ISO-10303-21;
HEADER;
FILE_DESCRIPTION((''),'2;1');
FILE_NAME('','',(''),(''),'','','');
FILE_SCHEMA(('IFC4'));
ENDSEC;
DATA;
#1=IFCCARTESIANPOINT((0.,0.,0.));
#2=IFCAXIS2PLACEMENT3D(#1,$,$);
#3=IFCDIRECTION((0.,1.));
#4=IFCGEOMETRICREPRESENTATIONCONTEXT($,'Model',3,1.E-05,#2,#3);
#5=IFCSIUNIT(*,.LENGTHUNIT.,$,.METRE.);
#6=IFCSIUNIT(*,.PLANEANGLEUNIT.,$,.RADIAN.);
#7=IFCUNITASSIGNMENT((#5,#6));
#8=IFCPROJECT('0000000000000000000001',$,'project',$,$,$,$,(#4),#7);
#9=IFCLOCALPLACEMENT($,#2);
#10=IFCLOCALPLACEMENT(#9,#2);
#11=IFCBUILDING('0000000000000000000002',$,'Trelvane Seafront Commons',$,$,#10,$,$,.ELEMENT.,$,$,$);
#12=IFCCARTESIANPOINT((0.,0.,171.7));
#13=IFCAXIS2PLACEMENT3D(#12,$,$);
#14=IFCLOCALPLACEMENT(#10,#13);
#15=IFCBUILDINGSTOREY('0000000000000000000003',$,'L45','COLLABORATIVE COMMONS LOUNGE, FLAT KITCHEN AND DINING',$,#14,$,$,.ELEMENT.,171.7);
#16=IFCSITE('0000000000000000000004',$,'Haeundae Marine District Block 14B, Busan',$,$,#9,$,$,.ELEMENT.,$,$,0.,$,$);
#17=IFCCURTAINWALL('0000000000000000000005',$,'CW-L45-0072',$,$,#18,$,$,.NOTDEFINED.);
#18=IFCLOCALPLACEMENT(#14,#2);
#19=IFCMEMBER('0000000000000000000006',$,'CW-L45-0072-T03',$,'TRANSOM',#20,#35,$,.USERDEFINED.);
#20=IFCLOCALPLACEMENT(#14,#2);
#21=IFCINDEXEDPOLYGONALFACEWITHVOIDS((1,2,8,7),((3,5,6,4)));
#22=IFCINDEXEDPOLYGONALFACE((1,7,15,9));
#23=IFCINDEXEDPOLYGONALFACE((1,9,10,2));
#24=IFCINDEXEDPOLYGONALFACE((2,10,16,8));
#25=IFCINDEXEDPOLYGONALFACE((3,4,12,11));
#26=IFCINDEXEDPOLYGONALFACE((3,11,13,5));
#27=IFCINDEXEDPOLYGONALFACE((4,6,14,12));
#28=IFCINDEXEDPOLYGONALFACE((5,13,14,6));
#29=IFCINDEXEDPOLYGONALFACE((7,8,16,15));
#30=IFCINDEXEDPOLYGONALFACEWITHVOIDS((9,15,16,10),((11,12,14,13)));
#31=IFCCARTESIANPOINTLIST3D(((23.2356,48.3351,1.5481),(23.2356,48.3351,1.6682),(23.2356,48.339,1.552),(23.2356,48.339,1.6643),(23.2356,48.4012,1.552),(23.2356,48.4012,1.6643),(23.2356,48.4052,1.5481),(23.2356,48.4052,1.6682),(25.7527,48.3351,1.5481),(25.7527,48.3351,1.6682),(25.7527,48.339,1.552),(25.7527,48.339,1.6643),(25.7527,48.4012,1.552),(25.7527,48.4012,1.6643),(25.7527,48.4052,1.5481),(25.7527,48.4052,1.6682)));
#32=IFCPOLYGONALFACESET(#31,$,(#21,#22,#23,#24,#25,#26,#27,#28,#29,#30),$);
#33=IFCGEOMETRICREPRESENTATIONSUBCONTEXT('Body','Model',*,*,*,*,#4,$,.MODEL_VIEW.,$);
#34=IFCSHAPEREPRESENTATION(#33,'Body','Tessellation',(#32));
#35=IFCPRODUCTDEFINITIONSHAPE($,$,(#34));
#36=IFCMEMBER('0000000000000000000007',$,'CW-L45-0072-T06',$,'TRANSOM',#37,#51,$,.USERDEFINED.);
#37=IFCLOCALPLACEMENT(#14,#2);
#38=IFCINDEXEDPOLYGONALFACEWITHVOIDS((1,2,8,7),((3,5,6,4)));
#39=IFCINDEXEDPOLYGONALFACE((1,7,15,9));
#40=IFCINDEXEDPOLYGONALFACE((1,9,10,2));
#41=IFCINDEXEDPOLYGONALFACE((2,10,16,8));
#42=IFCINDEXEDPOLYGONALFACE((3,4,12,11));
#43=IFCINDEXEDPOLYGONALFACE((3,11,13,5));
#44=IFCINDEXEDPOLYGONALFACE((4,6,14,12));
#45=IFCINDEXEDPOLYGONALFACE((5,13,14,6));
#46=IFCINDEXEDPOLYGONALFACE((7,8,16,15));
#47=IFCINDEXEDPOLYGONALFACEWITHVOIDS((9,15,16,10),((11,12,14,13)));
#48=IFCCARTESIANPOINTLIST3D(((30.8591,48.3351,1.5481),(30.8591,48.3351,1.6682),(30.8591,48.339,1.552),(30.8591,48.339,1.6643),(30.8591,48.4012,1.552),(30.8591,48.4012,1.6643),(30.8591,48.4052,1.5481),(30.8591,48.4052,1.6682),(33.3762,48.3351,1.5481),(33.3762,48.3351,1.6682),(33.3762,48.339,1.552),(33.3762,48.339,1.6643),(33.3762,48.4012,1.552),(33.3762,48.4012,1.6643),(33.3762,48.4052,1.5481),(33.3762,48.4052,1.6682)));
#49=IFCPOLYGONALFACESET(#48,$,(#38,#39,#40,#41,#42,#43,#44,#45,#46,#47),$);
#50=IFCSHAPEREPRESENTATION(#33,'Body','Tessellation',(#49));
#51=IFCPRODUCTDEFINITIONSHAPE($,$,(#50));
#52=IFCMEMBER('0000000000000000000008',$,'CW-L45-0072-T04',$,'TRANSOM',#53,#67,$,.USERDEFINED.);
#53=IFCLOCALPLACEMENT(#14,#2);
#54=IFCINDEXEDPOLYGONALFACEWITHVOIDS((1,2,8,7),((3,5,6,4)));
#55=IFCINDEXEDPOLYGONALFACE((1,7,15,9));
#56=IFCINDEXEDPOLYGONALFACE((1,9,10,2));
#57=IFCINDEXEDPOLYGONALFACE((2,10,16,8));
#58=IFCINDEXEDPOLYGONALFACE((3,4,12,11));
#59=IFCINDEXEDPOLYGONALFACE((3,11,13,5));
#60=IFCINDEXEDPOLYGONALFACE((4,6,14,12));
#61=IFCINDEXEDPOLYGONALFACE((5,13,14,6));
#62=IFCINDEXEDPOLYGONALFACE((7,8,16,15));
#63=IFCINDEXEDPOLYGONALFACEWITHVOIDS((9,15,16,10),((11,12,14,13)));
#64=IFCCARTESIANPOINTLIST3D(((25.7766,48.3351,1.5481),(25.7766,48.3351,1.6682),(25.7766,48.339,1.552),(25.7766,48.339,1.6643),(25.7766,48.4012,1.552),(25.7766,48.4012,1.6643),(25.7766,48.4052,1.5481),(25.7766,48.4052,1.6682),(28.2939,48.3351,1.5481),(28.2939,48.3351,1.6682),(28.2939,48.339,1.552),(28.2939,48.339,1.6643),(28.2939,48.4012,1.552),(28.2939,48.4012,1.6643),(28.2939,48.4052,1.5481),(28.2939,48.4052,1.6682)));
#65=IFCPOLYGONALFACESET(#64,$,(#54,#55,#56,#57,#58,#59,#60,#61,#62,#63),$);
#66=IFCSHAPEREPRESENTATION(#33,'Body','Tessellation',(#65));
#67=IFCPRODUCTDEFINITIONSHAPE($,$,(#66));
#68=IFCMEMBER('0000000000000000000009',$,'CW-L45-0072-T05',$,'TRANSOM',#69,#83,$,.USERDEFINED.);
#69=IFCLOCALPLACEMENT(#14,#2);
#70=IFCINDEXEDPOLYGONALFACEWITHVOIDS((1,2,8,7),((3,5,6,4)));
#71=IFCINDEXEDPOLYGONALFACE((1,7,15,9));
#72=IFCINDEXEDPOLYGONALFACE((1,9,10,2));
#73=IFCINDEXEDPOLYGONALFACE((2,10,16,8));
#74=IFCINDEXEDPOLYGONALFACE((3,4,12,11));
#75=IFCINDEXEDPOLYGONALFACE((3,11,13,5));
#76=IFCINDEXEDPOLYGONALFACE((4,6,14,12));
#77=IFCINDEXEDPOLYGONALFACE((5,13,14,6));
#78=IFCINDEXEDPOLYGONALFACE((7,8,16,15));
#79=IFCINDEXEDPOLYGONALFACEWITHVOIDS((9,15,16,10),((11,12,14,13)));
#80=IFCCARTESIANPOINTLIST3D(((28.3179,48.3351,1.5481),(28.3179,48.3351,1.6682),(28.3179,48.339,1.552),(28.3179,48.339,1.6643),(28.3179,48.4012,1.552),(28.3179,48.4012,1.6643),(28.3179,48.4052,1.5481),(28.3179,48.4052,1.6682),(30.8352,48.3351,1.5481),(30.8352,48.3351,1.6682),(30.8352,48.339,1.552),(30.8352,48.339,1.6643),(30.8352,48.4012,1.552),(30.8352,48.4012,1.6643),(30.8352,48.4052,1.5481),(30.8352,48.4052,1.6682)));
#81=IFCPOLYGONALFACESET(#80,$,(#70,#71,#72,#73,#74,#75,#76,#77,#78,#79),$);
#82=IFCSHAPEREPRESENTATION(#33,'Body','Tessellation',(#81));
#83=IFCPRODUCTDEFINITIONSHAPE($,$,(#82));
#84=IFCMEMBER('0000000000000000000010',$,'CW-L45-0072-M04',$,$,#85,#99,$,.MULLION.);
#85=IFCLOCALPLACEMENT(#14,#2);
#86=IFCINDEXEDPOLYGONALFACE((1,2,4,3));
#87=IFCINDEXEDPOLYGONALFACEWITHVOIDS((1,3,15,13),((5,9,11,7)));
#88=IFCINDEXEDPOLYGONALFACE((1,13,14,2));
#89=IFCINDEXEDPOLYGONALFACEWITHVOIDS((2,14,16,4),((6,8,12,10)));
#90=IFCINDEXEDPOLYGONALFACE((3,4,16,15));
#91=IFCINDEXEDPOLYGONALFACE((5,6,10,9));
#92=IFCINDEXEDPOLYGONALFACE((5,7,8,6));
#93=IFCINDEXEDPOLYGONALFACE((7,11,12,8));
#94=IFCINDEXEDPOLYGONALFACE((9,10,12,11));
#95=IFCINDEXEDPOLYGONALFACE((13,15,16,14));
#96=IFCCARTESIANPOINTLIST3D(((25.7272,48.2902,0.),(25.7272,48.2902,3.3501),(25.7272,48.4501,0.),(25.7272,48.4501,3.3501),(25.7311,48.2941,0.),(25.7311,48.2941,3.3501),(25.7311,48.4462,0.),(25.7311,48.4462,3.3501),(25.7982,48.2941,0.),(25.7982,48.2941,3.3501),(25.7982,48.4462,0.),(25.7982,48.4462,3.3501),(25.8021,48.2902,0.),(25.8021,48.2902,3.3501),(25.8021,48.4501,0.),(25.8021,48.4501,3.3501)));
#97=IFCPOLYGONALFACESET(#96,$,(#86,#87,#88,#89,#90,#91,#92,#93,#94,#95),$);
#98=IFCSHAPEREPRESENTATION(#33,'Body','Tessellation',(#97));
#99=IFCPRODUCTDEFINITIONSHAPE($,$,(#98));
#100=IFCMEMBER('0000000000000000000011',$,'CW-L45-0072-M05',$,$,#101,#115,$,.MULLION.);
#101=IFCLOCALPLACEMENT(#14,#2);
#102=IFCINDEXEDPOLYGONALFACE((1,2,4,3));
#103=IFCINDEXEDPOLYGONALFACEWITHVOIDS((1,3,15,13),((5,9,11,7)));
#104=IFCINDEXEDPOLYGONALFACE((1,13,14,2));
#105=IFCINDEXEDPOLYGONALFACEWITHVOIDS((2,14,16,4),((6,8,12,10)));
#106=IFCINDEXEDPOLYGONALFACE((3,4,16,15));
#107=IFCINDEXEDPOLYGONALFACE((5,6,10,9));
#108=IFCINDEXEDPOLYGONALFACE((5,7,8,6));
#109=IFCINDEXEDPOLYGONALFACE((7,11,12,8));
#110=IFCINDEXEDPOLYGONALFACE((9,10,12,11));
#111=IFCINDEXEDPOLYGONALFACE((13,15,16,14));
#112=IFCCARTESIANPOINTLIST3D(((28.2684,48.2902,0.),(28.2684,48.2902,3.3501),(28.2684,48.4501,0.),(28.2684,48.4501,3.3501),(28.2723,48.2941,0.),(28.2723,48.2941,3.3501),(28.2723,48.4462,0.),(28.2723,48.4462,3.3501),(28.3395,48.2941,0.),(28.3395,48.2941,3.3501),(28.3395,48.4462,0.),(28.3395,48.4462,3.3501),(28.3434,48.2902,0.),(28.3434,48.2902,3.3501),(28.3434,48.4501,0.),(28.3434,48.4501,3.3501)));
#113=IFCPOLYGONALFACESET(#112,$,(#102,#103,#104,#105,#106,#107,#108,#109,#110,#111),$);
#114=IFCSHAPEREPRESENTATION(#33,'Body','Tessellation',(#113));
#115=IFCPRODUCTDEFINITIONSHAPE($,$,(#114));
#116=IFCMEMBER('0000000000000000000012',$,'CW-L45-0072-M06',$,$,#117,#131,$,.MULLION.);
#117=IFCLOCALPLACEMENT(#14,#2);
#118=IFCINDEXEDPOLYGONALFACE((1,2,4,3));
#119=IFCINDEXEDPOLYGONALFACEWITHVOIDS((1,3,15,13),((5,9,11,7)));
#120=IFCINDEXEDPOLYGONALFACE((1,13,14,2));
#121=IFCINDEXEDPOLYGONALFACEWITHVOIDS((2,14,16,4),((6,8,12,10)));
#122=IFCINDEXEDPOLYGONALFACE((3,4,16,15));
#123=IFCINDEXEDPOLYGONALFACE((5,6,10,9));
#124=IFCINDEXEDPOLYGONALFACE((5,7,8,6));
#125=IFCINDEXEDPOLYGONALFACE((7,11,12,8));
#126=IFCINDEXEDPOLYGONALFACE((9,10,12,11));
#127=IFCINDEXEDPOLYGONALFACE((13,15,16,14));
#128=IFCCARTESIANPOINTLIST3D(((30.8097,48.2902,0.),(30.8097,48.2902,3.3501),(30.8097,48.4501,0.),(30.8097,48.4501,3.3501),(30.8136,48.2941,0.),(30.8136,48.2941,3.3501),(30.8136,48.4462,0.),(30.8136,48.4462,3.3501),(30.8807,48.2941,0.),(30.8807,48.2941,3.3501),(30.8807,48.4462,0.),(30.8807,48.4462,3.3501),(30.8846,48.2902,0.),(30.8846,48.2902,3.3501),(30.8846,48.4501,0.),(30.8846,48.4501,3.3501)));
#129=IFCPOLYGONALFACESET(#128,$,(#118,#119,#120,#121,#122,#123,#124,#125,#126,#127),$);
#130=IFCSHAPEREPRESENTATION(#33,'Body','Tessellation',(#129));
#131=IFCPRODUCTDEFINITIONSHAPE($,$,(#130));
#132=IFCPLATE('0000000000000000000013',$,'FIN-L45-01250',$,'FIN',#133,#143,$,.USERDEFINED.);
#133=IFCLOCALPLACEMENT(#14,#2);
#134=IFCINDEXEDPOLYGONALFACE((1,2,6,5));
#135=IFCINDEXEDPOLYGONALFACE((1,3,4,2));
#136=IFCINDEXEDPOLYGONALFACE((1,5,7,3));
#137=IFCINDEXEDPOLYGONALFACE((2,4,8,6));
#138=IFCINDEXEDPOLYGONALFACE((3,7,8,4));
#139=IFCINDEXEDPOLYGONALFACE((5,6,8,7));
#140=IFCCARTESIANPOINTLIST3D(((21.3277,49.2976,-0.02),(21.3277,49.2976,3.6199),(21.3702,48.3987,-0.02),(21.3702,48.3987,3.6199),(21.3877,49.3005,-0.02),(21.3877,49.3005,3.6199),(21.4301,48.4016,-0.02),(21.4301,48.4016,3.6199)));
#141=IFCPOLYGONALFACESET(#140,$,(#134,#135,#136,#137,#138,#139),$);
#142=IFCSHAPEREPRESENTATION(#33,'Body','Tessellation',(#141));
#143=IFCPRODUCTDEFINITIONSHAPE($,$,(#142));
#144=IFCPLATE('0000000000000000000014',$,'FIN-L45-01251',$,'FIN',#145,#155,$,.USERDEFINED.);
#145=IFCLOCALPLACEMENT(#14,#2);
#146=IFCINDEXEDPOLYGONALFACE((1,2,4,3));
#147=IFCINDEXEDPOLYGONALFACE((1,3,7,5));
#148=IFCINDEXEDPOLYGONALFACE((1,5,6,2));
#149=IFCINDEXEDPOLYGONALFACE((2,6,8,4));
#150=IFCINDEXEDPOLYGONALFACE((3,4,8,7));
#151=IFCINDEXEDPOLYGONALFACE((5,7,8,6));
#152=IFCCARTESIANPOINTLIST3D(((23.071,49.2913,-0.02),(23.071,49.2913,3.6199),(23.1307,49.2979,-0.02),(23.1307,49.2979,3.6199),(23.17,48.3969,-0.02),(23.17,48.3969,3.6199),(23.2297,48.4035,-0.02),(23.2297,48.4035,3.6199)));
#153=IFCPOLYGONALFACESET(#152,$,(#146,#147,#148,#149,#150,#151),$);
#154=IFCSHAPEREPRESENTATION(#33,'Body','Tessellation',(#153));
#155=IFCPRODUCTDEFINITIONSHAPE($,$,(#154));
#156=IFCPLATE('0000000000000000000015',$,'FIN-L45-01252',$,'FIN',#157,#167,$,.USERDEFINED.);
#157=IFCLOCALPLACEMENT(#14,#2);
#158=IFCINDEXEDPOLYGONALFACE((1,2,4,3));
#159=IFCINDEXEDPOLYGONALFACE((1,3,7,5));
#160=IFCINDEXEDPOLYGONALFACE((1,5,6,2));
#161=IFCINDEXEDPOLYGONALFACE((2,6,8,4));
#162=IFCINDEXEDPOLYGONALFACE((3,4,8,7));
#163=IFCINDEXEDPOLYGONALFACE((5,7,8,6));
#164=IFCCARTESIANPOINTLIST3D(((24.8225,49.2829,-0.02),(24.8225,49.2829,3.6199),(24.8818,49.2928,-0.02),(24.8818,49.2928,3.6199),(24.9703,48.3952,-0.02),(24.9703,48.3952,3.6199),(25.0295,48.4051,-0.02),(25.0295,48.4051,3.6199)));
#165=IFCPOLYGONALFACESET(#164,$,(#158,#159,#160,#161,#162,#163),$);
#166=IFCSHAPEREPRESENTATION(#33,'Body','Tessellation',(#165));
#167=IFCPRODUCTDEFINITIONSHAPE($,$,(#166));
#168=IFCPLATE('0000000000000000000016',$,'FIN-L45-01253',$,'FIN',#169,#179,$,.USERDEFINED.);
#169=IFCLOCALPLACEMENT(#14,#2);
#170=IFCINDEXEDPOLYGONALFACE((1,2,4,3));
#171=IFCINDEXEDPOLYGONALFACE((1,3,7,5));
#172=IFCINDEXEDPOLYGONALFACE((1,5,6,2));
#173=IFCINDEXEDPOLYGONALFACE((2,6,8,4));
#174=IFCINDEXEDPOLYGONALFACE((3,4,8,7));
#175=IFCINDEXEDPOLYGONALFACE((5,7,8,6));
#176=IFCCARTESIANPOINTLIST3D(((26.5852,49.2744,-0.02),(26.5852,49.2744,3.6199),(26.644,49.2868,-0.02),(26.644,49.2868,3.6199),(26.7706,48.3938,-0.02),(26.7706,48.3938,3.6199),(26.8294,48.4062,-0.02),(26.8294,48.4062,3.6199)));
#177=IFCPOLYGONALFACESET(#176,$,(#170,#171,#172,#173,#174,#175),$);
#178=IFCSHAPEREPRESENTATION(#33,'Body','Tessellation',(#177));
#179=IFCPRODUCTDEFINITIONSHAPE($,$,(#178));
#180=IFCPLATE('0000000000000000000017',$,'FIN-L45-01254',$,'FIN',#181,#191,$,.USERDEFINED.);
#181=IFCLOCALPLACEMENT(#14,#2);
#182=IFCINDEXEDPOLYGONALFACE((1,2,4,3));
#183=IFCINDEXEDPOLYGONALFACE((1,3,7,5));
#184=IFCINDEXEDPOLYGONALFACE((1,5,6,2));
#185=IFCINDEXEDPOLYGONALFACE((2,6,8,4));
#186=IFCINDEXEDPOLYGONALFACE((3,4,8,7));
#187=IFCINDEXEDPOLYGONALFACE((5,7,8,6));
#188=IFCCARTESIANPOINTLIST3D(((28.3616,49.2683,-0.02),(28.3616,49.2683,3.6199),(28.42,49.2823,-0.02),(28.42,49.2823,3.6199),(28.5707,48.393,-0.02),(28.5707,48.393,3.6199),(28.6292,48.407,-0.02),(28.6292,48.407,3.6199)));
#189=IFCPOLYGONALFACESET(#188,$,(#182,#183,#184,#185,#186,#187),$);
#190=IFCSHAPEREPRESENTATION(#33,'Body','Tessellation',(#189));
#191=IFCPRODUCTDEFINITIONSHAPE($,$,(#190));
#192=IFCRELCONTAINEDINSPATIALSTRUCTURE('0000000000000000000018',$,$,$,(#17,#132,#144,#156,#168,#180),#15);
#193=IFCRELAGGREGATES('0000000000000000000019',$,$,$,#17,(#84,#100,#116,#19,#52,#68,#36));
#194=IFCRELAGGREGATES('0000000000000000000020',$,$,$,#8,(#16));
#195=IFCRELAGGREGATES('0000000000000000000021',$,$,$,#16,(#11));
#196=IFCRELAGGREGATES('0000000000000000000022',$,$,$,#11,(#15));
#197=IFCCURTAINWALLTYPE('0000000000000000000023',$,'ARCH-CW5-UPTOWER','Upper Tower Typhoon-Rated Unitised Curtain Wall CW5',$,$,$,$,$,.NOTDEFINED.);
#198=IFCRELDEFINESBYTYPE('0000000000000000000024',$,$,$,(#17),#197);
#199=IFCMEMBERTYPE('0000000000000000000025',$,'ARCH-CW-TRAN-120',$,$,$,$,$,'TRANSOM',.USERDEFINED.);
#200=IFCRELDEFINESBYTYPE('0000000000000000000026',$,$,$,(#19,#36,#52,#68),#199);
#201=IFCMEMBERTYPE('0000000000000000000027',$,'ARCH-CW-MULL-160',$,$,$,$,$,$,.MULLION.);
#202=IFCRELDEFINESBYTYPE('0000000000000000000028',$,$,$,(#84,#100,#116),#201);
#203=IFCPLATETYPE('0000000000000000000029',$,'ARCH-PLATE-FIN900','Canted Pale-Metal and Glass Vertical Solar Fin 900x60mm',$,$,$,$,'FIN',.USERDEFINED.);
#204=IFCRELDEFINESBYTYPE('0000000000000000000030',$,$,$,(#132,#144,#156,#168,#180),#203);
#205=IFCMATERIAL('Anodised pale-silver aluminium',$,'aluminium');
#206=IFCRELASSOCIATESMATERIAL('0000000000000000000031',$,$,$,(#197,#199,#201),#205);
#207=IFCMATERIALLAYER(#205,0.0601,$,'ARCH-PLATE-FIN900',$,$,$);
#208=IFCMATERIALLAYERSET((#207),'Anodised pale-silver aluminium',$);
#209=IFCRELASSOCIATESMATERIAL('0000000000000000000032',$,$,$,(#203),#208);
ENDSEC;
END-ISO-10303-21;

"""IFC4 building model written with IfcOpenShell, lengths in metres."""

from ifc_helpers import new_model, si_unit, direction, frame, origin, origin_2d, place, context, subcontext, project, spatial, rectangle, hollow_rectangle, extrude, source, transform, mapped, material, layer, layer_set, material_profile, profile_set, type_object, element, aggregate, save


model = new_model("IFC4")

# Units and contexts
model_context = context("Model", 3, precision=1e-05, world=origin(), true_north=direction((0.0, 1.0)))
body_context = subcontext(model_context, "Body", "Model", "MODEL_VIEW")
ifc_project = project(units=[si_unit("LENGTHUNIT", "METRE"), si_unit("PLANEANGLEUNIT", "RADIAN")], contexts=[model_context])

# Site, building, storey
site_placement = place(None, origin())
site = spatial("IfcSite", under=ifc_project, at=site_placement, Name="Haeundae Marine District Block 14B, Busan", CompositionType="ELEMENT", RefElevation=0.0)
building_placement = place(site_placement, origin())
building = spatial("IfcBuilding", under=site, at=building_placement, Name="Trelvane Seafront Commons", CompositionType="ELEMENT")
storey_placement = place(building_placement, frame((0.0, 0.0, 171.7)))
storey = spatial("IfcBuildingStorey", under=building, at=storey_placement, Name="L45", Description="COLLABORATIVE COMMONS LOUNGE, FLAT KITCHEN AND DINING", CompositionType="ELEMENT", Elevation=171.7)

# Curtain wall, members
ifc_material_1 = material(Name="Anodised pale-silver aluminium", Category="aluminium")
curtain_wall_type = type_object("IfcCurtainWallType", Name="ARCH-CW5-UPTOWER", Description="Upper Tower Typhoon-Rated Unitised Curtain Wall CW5", PredefinedType="NOTDEFINED", material=ifc_material_1)
curtain_wall_placement = place(storey_placement, origin())
curtain_wall = element("IfcCurtainWall", 1, at=curtain_wall_placement, inside=storey, type_object=curtain_wall_type, Name="CW-L45-0072", PredefinedType="NOTDEFINED")
ifc_material_profile_1 = material_profile(ifc_material_1, hollow_rectangle(XDim=0.0701, YDim=0.1201, WallThickness=0.0039, at=origin_2d()), Name="TRAN-70x120x4")
ifc_profile_set_1 = profile_set([ifc_material_profile_1], Name="Anodised pale-silver aluminium")
member_type_1 = type_object("IfcMemberType", Name="ARCH-CW-TRAN-120", ElementType="TRANSOM", PredefinedType="USERDEFINED", material=ifc_profile_set_1)
shared_shape_1 = source(origin(), body_context, "Body", "SweptSolid", [
    extrude(hollow_rectangle(XDim=0.0701, YDim=0.1201, WallThickness=0.0039, at=origin_2d()), origin(), (0.0, 0.0, 1.0), 2.5171),
])
member_1_placement = place(storey_placement, frame((23.2356, 48.3701, 1.6082), z_axis=(1.0, 0.0, 0.0), x_axis=(0.0, 1.0, 0.0)))
member_1 = element("IfcMember", 2, at=member_1_placement, type_object=member_type_1, Name="CW-L45-0072-T03", ObjectType="TRANSOM", PredefinedType="USERDEFINED", context=body_context, shape_type="MappedRepresentation", body=[
    mapped(shared_shape_1, transform((0.0, 0.0, 0.0), x_axis=(1.0, 0.0, 0.0), y_axis=(0.0, 1.0, 0.0), z_axis=(0.0, 0.0, 1.0), scale=1.0)),
])
member_2_placement = place(storey_placement, frame((30.8591, 48.3701, 1.6082), z_axis=(1.0, 0.0, 0.0), x_axis=(0.0, 1.0, 0.0)))
member_2 = element("IfcMember", 3, at=member_2_placement, type_object=member_type_1, Name="CW-L45-0072-T06", ObjectType="TRANSOM", PredefinedType="USERDEFINED", context=body_context, shape_type="MappedRepresentation", body=[
    mapped(shared_shape_1, transform((0.0, 0.0, 0.0), x_axis=(1.0, 0.0, 0.0), y_axis=(0.0, 1.0, 0.0), z_axis=(0.0, 0.0, 1.0), scale=1.0)),
])
shared_shape_2 = source(origin(), body_context, "Body", "SweptSolid", [
    extrude(hollow_rectangle(XDim=0.0701, YDim=0.1201, WallThickness=0.0039, at=origin_2d()), origin(), (0.0, 0.0, 1.0), 2.5173),
])
member_3_placement = place(storey_placement, frame((25.7766, 48.3701, 1.6082), z_axis=(1.0, 0.0, 0.0), x_axis=(0.0, 1.0, 0.0)))
member_3 = element("IfcMember", 4, at=member_3_placement, type_object=member_type_1, Name="CW-L45-0072-T04", ObjectType="TRANSOM", PredefinedType="USERDEFINED", context=body_context, shape_type="MappedRepresentation", body=[
    mapped(shared_shape_2, transform((0.0, 0.0, 0.0), x_axis=(1.0, 0.0, 0.0), y_axis=(0.0, 1.0, 0.0), z_axis=(0.0, 0.0, 1.0), scale=1.0)),
])
member_4_placement = place(storey_placement, frame((28.3179, 48.3701, 1.6082), z_axis=(1.0, 0.0, 0.0), x_axis=(0.0, 1.0, 0.0)))
member_4 = element("IfcMember", 5, at=member_4_placement, type_object=member_type_1, Name="CW-L45-0072-T05", ObjectType="TRANSOM", PredefinedType="USERDEFINED", context=body_context, shape_type="MappedRepresentation", body=[
    mapped(shared_shape_2, transform((0.0, 0.0, 0.0), x_axis=(1.0, 0.0, 0.0), y_axis=(0.0, 1.0, 0.0), z_axis=(0.0, 0.0, 1.0), scale=1.0)),
])
ifc_material_profile_2 = material_profile(ifc_material_1, hollow_rectangle(XDim=0.075, YDim=0.1599, WallThickness=0.0039, at=origin_2d()), Name="MULL-75x160x4")
ifc_profile_set_2 = profile_set([ifc_material_profile_2], Name="Anodised pale-silver aluminium")
member_type_2 = type_object("IfcMemberType", Name="ARCH-CW-MULL-160", PredefinedType="MULLION", material=ifc_profile_set_2)
shared_shape_3 = source(origin(), body_context, "Body", "SweptSolid", [
    extrude(hollow_rectangle(XDim=0.075, YDim=0.1599, WallThickness=0.0039, at=origin_2d()), origin(), (0.0, 0.0, 1.0), 3.3501),
])
member_5_placement = place(storey_placement, frame((25.7646, 48.3701, 0.0), z_axis=(0.0, 0.0, 1.0), x_axis=(1.0, 0.0, 0.0)))
member_5 = element("IfcMember", 6, at=member_5_placement, type_object=member_type_2, Name="CW-L45-0072-M04", PredefinedType="MULLION", context=body_context, shape_type="MappedRepresentation", body=[
    mapped(shared_shape_3, transform((0.0, 0.0, 0.0), x_axis=(1.0, 0.0, 0.0), y_axis=(0.0, 1.0, 0.0), z_axis=(0.0, 0.0, 1.0), scale=1.0)),
])
member_6_placement = place(storey_placement, frame((28.3059, 48.3701, 0.0), z_axis=(0.0, 0.0, 1.0), x_axis=(1.0, 0.0, 0.0)))
member_6 = element("IfcMember", 7, at=member_6_placement, type_object=member_type_2, Name="CW-L45-0072-M05", PredefinedType="MULLION", context=body_context, shape_type="MappedRepresentation", body=[
    mapped(shared_shape_3, transform((0.0, 0.0, 0.0), x_axis=(1.0, 0.0, 0.0), y_axis=(0.0, 1.0, 0.0), z_axis=(0.0, 0.0, 1.0), scale=1.0)),
])
member_7_placement = place(storey_placement, frame((30.8472, 48.3701, 0.0), z_axis=(0.0, 0.0, 1.0), x_axis=(1.0, 0.0, 0.0)))
member_7 = element("IfcMember", 8, at=member_7_placement, type_object=member_type_2, Name="CW-L45-0072-M06", PredefinedType="MULLION", context=body_context, shape_type="MappedRepresentation", body=[
    mapped(shared_shape_3, transform((0.0, 0.0, 0.0), x_axis=(1.0, 0.0, 0.0), y_axis=(0.0, 1.0, 0.0), z_axis=(0.0, 0.0, 1.0), scale=1.0)),
])

# Plates
ifc_layer_1 = layer(ifc_material_1, 0.0601, Name="ARCH-PLATE-FIN900")
ifc_layer_set_1 = layer_set([ifc_layer_1], Name="Anodised pale-silver aluminium")
plate_type_1 = type_object("IfcPlateType", Name="ARCH-PLATE-FIN900", Description="Canted Pale-Metal and Glass Vertical Solar Fin 900x60mm", ElementType="FIN", PredefinedType="USERDEFINED", material=ifc_layer_set_1)
shared_shape_4 = source(origin(), body_context, "Body", "SweptSolid", [
    extrude(rectangle(XDim=0.8999, YDim=0.0601, at=origin_2d()), origin(), (0.0, 0.0, 1.0), 3.6399),
])
for number, where, z_axis, x_axis, name in (
    (9, (21.3789, 48.8496, -0.02), (0.0, 0.0, 1.0), (-0.047222, 0.998884, 0.0), "FIN-L45-01250"),
    (10, (23.1504, 48.8474, -0.02), (0.0, 0.0, 1.0), (-0.110005, 0.993931, 0.0), "FIN-L45-01251"),
    (11, (24.926, 48.844, -0.02), (0.0, 0.0, 1.0), (-0.16422, 0.986424, 0.0), "FIN-L45-01252"),
    (12, (26.7073, 48.8403, -0.02), (0.0, 0.0, 1.0), (-0.205999, 0.978552, 0.0), "FIN-L45-01253"),
    (13, (28.4954, 48.8376, -0.02), (0.0, 0.0, 1.0), (-0.232458, 0.972607, 0.0), "FIN-L45-01254"),
):
    element("IfcPlate", number, at=place(storey_placement, frame(where, z_axis=z_axis, x_axis=x_axis)), inside=storey, type_object=plate_type_1, Name=name, ObjectType="FIN", PredefinedType="USERDEFINED", context=body_context, shape_type="MappedRepresentation", body=[
        mapped(shared_shape_4, transform((0.0, 0.0, 0.0), x_axis=(1.0, 0.0, 0.0), y_axis=(0.0, 1.0, 0.0), z_axis=(0.0, 0.0, 1.0), scale=1.0)),
    ])

aggregate(curtain_wall, [member_5, member_6, member_7, member_1, member_3, member_4, member_2])

save(model, "model.ifc")
